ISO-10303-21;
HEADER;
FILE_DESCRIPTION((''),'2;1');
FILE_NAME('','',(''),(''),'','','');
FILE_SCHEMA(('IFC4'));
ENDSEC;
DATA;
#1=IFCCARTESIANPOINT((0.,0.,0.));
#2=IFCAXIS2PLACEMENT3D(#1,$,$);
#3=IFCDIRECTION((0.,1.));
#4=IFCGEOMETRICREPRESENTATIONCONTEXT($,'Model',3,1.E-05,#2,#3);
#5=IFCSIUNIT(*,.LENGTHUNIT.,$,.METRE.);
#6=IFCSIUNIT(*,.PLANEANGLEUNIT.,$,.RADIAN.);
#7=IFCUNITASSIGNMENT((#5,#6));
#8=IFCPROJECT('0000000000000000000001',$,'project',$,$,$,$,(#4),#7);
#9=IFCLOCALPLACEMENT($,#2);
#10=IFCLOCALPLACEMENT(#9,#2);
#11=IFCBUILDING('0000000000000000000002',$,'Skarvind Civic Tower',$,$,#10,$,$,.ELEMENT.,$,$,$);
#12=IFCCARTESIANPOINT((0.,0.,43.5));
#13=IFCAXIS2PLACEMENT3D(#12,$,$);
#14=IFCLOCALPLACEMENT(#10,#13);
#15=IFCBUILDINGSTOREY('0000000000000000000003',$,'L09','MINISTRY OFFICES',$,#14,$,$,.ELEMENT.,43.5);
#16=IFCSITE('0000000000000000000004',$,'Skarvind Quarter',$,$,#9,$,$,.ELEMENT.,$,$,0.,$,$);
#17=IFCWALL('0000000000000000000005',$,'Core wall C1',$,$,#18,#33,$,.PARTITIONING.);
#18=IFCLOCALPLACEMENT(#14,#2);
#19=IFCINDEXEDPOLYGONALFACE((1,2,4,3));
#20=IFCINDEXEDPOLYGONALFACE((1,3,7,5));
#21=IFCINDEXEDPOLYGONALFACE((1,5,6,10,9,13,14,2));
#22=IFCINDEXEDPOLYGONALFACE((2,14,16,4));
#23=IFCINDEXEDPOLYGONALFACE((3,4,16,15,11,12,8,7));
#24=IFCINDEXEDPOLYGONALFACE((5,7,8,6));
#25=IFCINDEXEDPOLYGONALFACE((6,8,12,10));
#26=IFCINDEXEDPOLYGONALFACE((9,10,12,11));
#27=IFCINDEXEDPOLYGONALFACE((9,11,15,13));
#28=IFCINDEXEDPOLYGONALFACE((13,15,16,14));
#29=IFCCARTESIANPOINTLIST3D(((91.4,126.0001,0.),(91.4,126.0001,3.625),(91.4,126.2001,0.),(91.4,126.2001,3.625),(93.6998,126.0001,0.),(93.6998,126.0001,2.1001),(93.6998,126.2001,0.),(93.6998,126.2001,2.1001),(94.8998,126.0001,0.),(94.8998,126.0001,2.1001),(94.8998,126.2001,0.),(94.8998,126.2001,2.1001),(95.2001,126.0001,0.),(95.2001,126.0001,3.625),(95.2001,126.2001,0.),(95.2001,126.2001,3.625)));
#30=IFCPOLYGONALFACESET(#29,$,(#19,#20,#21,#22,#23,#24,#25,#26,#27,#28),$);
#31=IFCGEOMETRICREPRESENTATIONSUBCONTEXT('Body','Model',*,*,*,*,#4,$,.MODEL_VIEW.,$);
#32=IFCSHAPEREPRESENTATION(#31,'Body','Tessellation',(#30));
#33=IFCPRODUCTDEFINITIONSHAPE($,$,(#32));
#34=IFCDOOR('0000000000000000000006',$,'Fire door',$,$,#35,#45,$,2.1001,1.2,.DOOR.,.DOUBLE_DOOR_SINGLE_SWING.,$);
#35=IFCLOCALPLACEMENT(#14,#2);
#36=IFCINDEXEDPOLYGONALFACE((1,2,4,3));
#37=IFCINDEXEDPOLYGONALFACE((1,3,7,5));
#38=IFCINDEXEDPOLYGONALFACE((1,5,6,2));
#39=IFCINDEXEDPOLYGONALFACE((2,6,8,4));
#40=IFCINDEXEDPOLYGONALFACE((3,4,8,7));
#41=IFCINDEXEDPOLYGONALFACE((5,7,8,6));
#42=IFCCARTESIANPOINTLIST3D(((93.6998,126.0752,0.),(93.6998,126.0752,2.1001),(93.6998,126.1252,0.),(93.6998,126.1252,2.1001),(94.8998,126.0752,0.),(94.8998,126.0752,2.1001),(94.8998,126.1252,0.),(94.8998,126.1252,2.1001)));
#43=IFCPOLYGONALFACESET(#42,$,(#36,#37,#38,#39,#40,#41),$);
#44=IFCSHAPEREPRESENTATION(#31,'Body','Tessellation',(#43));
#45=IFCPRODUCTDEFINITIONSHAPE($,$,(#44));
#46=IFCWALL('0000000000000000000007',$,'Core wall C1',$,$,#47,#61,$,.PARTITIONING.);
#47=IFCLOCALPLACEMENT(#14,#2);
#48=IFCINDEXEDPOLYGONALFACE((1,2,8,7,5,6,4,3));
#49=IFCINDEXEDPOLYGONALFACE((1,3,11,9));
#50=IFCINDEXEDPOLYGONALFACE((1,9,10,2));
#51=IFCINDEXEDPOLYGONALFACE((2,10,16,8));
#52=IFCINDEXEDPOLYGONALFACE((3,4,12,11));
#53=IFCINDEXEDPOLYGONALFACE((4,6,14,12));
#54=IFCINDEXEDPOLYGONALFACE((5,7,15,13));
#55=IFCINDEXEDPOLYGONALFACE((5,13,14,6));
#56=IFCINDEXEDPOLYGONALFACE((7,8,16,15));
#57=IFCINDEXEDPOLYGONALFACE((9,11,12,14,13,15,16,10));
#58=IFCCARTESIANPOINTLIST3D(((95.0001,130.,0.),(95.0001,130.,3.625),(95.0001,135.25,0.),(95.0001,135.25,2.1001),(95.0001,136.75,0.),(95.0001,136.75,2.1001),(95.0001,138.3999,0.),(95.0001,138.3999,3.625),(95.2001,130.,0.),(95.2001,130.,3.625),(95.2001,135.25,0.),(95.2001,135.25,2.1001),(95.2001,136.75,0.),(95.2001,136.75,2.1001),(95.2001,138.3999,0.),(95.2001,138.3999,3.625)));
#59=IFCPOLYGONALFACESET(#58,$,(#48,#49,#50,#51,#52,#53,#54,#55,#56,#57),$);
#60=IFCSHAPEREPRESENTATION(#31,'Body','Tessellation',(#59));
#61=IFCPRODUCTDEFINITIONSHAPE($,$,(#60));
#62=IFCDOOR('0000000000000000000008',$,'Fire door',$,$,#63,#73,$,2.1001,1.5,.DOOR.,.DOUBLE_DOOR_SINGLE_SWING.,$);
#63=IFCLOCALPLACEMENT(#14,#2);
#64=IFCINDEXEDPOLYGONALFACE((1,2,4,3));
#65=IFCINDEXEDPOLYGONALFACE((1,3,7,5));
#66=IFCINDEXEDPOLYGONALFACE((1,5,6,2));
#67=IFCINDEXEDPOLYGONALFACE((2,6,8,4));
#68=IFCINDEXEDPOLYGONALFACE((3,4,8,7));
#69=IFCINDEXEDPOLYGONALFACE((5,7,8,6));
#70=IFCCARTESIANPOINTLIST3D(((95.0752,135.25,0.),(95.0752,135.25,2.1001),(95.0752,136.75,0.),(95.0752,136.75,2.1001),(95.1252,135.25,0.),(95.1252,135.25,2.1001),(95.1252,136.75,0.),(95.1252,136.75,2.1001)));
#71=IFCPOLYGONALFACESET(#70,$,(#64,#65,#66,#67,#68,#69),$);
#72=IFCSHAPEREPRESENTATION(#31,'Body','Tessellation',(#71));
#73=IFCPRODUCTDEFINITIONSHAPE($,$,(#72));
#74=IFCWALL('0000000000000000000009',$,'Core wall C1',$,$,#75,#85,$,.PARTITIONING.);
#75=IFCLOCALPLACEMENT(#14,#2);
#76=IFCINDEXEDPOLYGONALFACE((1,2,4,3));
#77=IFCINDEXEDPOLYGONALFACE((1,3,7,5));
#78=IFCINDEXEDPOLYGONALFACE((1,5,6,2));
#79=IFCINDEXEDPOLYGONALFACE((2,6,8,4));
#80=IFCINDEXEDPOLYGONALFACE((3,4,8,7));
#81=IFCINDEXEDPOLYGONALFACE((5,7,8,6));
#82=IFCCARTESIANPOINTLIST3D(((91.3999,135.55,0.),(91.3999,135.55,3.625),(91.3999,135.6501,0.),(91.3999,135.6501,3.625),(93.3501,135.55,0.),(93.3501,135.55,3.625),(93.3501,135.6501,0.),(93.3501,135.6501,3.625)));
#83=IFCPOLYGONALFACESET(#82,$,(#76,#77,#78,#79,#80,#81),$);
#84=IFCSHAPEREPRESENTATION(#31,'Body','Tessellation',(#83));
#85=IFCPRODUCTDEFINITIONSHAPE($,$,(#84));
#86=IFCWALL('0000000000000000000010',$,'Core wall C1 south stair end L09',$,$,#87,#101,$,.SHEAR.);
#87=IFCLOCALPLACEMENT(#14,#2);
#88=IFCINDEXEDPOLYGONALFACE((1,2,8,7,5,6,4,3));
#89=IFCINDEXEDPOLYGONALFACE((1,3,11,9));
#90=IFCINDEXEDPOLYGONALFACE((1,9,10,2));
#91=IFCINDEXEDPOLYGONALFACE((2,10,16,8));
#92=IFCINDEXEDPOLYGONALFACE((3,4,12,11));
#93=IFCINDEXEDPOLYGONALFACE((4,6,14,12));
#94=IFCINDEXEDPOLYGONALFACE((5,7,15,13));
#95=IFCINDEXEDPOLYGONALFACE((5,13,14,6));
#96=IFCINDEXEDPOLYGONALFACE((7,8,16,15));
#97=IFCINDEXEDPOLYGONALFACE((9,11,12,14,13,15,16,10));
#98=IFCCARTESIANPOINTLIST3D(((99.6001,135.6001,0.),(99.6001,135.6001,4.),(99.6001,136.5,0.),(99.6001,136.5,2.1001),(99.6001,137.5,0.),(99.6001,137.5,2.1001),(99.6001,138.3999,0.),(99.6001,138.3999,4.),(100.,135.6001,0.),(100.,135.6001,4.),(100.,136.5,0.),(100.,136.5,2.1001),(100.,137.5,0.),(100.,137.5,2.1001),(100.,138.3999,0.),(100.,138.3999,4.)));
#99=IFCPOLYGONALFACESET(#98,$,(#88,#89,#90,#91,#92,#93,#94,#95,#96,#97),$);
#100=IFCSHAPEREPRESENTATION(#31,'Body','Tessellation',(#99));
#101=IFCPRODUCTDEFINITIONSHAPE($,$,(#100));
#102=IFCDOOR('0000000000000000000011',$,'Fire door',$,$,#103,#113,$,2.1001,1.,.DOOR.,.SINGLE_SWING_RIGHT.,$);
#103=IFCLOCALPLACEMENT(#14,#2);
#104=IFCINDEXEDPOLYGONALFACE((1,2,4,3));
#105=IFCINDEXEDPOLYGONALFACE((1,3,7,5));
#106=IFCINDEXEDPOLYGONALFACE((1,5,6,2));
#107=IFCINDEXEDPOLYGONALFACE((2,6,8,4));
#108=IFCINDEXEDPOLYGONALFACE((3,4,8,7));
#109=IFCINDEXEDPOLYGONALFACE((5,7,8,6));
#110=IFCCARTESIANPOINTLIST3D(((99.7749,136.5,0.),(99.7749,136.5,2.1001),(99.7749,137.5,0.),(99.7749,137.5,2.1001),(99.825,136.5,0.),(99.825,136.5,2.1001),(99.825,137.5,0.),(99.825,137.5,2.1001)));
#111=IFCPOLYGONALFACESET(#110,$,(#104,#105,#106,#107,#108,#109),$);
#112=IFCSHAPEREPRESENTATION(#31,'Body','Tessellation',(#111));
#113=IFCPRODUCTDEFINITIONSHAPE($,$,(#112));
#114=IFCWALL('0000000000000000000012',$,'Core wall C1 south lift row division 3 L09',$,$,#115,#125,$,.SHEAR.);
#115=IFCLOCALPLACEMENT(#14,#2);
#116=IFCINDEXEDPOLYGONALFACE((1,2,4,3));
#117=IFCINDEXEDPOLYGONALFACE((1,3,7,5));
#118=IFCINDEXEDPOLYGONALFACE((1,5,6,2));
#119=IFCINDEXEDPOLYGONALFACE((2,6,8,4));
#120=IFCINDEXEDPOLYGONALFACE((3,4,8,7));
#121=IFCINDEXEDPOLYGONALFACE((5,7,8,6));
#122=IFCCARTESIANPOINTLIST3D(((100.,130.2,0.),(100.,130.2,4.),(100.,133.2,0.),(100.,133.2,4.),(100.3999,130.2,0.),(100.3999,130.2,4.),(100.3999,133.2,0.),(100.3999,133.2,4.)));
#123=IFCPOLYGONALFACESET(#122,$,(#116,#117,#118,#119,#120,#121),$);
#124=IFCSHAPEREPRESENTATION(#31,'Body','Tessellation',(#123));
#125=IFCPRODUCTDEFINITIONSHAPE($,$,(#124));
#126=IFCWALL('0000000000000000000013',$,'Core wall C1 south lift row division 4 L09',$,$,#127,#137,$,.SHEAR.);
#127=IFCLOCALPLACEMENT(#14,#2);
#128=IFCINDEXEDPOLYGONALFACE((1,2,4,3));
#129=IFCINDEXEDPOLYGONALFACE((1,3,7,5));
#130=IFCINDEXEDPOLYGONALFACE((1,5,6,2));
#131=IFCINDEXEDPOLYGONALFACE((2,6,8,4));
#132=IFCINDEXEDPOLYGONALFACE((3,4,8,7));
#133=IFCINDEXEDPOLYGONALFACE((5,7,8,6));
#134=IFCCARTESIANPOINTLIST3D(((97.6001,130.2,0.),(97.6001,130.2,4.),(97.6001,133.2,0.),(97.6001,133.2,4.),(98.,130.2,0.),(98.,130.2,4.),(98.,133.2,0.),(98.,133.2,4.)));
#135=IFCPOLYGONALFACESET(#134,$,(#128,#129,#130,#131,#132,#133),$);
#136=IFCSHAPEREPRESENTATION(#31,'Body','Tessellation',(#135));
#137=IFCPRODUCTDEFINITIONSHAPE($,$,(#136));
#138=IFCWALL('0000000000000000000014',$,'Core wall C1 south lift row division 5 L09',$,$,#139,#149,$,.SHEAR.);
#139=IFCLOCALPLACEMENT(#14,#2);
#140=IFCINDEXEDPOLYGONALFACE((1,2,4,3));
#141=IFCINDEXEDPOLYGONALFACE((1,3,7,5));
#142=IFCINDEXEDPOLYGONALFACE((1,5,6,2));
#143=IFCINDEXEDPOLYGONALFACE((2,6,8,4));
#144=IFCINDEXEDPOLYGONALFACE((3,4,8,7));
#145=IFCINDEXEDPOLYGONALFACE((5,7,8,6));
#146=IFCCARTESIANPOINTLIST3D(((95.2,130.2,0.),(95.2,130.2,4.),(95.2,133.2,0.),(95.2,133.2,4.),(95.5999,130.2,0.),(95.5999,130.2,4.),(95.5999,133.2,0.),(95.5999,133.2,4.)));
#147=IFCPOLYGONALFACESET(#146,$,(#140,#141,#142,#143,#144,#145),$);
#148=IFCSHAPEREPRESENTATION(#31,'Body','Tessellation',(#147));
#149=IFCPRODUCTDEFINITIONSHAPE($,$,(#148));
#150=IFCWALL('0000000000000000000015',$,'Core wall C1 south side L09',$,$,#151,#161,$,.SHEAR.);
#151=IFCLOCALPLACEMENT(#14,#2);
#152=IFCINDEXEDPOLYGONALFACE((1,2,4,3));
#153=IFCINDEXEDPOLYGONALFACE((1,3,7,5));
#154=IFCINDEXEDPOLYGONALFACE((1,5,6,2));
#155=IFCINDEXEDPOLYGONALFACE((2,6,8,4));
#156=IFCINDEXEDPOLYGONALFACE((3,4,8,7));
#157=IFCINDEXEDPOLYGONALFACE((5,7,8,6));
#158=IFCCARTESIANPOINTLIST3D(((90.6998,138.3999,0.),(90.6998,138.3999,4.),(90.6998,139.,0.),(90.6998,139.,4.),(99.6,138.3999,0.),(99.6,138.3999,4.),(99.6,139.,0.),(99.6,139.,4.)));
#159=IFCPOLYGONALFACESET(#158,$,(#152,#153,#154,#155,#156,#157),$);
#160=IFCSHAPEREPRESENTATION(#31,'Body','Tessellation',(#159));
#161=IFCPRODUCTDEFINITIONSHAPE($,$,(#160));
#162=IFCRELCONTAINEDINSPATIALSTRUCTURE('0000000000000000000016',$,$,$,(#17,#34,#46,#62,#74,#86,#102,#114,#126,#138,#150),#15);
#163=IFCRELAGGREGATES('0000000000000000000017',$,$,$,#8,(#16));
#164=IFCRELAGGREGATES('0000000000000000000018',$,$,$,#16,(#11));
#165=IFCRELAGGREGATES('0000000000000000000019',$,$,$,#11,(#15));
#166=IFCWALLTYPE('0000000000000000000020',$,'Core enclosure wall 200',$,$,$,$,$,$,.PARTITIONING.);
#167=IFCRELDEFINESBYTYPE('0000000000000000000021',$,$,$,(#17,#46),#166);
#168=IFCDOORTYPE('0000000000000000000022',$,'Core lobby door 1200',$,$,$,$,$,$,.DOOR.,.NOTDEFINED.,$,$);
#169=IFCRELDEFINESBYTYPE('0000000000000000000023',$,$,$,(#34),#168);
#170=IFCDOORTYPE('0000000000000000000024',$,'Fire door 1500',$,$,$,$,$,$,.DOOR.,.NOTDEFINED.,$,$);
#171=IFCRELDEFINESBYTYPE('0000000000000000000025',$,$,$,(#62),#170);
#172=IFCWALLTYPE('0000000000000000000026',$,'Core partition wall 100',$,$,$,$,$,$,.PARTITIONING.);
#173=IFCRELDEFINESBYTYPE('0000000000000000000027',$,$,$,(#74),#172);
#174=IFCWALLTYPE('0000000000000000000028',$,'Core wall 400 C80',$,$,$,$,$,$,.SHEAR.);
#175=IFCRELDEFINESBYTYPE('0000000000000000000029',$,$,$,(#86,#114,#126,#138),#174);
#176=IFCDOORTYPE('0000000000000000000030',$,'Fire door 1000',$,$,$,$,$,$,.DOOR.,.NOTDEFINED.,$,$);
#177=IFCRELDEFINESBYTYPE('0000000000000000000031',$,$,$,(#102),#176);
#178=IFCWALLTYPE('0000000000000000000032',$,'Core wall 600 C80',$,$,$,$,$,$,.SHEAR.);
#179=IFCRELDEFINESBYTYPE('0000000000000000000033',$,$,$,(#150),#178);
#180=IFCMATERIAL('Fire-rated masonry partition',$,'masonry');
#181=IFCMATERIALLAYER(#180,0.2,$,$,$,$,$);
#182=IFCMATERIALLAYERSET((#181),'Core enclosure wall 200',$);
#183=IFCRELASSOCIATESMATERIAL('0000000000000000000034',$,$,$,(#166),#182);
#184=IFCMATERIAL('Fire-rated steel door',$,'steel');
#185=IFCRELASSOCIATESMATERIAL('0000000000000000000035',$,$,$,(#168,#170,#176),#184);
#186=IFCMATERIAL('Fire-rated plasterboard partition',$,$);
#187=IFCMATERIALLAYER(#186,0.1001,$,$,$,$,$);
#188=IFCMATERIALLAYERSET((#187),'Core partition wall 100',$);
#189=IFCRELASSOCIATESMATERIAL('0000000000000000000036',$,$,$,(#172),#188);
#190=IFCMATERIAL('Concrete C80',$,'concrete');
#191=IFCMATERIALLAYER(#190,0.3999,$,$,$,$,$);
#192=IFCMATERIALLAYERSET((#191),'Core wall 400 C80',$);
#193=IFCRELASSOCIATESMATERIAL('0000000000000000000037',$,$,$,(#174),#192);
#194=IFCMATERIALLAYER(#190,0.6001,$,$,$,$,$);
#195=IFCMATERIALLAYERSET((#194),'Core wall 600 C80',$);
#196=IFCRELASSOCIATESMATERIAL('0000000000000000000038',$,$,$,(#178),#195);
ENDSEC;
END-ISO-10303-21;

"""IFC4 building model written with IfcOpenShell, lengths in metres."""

from ifc_helpers import new_model, si_unit, direction, frame, frame_2d, origin, place, context, subcontext, project, spatial, rectangle, extrude, material, layer, layer_set, type_object, element, fill, save


model = new_model("IFC4")

# Units and contexts
model_context = context("Model", 3, precision=1e-05, world=origin(), true_north=direction((0.0, 1.0)))
body_context = subcontext(model_context, "Body", "Model", "MODEL_VIEW")
ifc_project = project(units=[si_unit("LENGTHUNIT", "METRE"), si_unit("PLANEANGLEUNIT", "RADIAN")], contexts=[model_context])

# Site, building, storey
site_placement = place(None, origin())
site = spatial("IfcSite", under=ifc_project, at=site_placement, Name="Skarvind Quarter", CompositionType="ELEMENT", RefElevation=0.0)
building_placement = place(site_placement, origin())
building = spatial("IfcBuilding", under=site, at=building_placement, Name="Skarvind Civic Tower", CompositionType="ELEMENT")
storey_placement = place(building_placement, frame((0.0, 0.0, 43.5)))
storey = spatial("IfcBuildingStorey", under=building, at=storey_placement, Name="L09", Description="MINISTRY OFFICES", CompositionType="ELEMENT", Elevation=43.5)

# Walls, openings, doors
ifc_material_1 = material(Name="Fire-rated masonry partition", Category="masonry")
ifc_layer_1 = layer(ifc_material_1, 0.2)
ifc_layer_set_1 = layer_set([ifc_layer_1], Name="Core enclosure wall 200")
wall_type_1 = type_object("IfcWallType", Name="Core enclosure wall 200", PredefinedType="PARTITIONING", material=ifc_layer_set_1)
wall_1_placement = place(storey_placement, frame((95.2, 126.1001, 0.0), z_axis=(0.0, 0.0, 1.0), x_axis=(-1.0, 0.0, 0.0)))
wall_1 = element("IfcWall", 1, at=wall_1_placement, inside=storey, type_object=wall_type_1, Name="Core wall C1", PredefinedType="PARTITIONING", context=body_context, shape_type="SweptSolid", body=[
    extrude(rectangle(XDim=3.8, YDim=0.2, at=frame_2d((1.8999, 0.0))), origin(), (0.0, 0.0, 1.0), 3.625),
])
opening_1_placement = place(wall_1_placement, frame((0.3, 0.0, 0.0)))
opening_1 = element("IfcOpeningElement", 2, at=opening_1_placement, cuts=wall_1, PredefinedType="OPENING", context=body_context, shape_type="SweptSolid", body=[
    extrude(rectangle(XDim=1.2, YDim=2.1001, at=frame_2d((0.6001, 1.05))), frame((0.0, 0.1099, 0.0), z_axis=(0.0, -1.0, 0.0), x_axis=(1.0, 0.0, 0.0)), (0.0, 0.0, 1.0), 0.22),
])
ifc_material_2 = material(Name="Fire-rated steel door", Category="steel")
door_type_1 = type_object("IfcDoorType", Name="Core lobby door 1200", OperationType="NOTDEFINED", PredefinedType="DOOR", material=ifc_material_2)
door_1_placement = place(opening_1_placement, origin())
door_1 = element("IfcDoor", 3, at=door_1_placement, inside=storey, type_object=door_type_1, Name="Fire door", OperationType="DOUBLE_DOOR_SINGLE_SWING", OverallHeight=2.1001, OverallWidth=1.2, PredefinedType="DOOR", context=body_context, shape_type="SweptSolid", body=[
    extrude(rectangle(XDim=1.2, YDim=2.1001, at=frame_2d((0.6001, 1.05))), frame((0.0, 0.0249, 0.0), z_axis=(0.0, -1.0, 0.0), x_axis=(1.0, 0.0, 0.0)), (0.0, 0.0, 1.0), 0.05),
])
fill(opening_1, door_1)
wall_2_placement = place(storey_placement, frame((95.1001, 130.0, 0.0), z_axis=(0.0, 0.0, 1.0), x_axis=(0.0, 1.0, 0.0)))
wall_2 = element("IfcWall", 4, at=wall_2_placement, inside=storey, type_object=wall_type_1, Name="Core wall C1", PredefinedType="PARTITIONING", context=body_context, shape_type="SweptSolid", body=[
    extrude(rectangle(XDim=8.3999, YDim=0.2, at=frame_2d((4.2, 0.0))), origin(), (0.0, 0.0, 1.0), 3.625),
])
opening_2_placement = place(wall_2_placement, frame((5.25, 0.0, 0.0)))
opening_2 = element("IfcOpeningElement", 5, at=opening_2_placement, cuts=wall_2, PredefinedType="OPENING", context=body_context, shape_type="SweptSolid", body=[
    extrude(rectangle(XDim=1.5, YDim=2.1001, at=frame_2d((0.75, 1.05))), frame((0.0, 0.1099, 0.0), z_axis=(0.0, -1.0, 0.0), x_axis=(1.0, 0.0, 0.0)), (0.0, 0.0, 1.0), 0.22),
])
door_type_2 = type_object("IfcDoorType", Name="Fire door 1500", OperationType="NOTDEFINED", PredefinedType="DOOR", material=ifc_material_2)
door_2_placement = place(opening_2_placement, origin())
door_2 = element("IfcDoor", 6, at=door_2_placement, inside=storey, type_object=door_type_2, Name="Fire door", OperationType="DOUBLE_DOOR_SINGLE_SWING", OverallHeight=2.1001, OverallWidth=1.5, PredefinedType="DOOR", context=body_context, shape_type="SweptSolid", body=[
    extrude(rectangle(XDim=1.5, YDim=2.1001, at=frame_2d((0.75, 1.05))), frame((0.0, 0.0249, 0.0), z_axis=(0.0, -1.0, 0.0), x_axis=(1.0, 0.0, 0.0)), (0.0, 0.0, 1.0), 0.05),
])
fill(opening_2, door_2)

# Wall
ifc_material_3 = material(Name="Fire-rated plasterboard partition")
ifc_layer_2 = layer(ifc_material_3, 0.1001)
ifc_layer_set_2 = layer_set([ifc_layer_2], Name="Core partition wall 100")
wall_type_2 = type_object("IfcWallType", Name="Core partition wall 100", PredefinedType="PARTITIONING", material=ifc_layer_set_2)
wall_3_placement = place(storey_placement, frame((91.3999, 135.6001, 0.0), z_axis=(0.0, 0.0, 1.0), x_axis=(1.0, 0.0, 0.0)))
element("IfcWall", 7, at=wall_3_placement, inside=storey, type_object=wall_type_2, Name="Core wall C1", PredefinedType="PARTITIONING", context=body_context, shape_type="SweptSolid", body=[
    extrude(rectangle(XDim=1.9502, YDim=0.1001, at=frame_2d((0.9751, 0.0))), origin(), (0.0, 0.0, 1.0), 3.625),
])

# Wall, opening, door
ifc_material_4 = material(Name="Concrete C80", Category="concrete")
ifc_layer_3 = layer(ifc_material_4, 0.3999)
ifc_layer_set_3 = layer_set([ifc_layer_3], Name="Core wall 400 C80")
wall_type_3 = type_object("IfcWallType", Name="Core wall 400 C80", PredefinedType="SHEAR", material=ifc_layer_set_3)
wall_4_placement = place(storey_placement, frame((99.8, 138.3999, 0.0), z_axis=(0.0, 0.0, 1.0), x_axis=(0.0, -1.0, 0.0)))
wall_4 = element("IfcWall", 8, at=wall_4_placement, inside=storey, type_object=wall_type_3, Name="Core wall C1 south stair end L09", PredefinedType="SHEAR", context=body_context, shape_type="SweptSolid", body=[
    extrude(rectangle(XDim=2.7998, YDim=0.3999, at=frame_2d((1.3999, 0.0))), origin(), (0.0, 0.0, 1.0), 4.0),
])
opening_3_placement = place(wall_4_placement, frame((0.8999, 0.0, 0.0)))
opening_3 = element("IfcOpeningElement", 9, at=opening_3_placement, cuts=wall_4, PredefinedType="OPENING", context=body_context, shape_type="SweptSolid", body=[
    extrude(rectangle(XDim=1.0, YDim=2.1001, at=frame_2d((0.5, 1.05))), frame((0.0, 0.21, 0.0), z_axis=(0.0, -1.0, 0.0), x_axis=(1.0, 0.0, 0.0)), (0.0, 0.0, 1.0), 0.4199),
])
door_type_3 = type_object("IfcDoorType", Name="Fire door 1000", OperationType="NOTDEFINED", PredefinedType="DOOR", material=ifc_material_2)
door_3_placement = place(opening_3_placement, origin())
door_3 = element("IfcDoor", 10, at=door_3_placement, inside=storey, type_object=door_type_3, Name="Fire door", OperationType="SINGLE_SWING_RIGHT", OverallHeight=2.1001, OverallWidth=1.0, PredefinedType="DOOR", context=body_context, shape_type="SweptSolid", body=[
    extrude(rectangle(XDim=1.0, YDim=2.1001, at=frame_2d((0.5, 1.05))), frame((0.0, 0.0249, 0.0), z_axis=(0.0, -1.0, 0.0), x_axis=(1.0, 0.0, 0.0)), (0.0, 0.0, 1.0), 0.05),
])
fill(opening_3, door_3)

# Walls
for number, where, z_axis, x_axis, name in (
    (11, (100.2, 133.2, 0.0), (0.0, 0.0, 1.0), (0.0, -1.0, 0.0), "Core wall C1 south lift row division 3 L09"),
    (12, (97.8, 133.2, 0.0), (0.0, 0.0, 1.0), (0.0, -1.0, 0.0), "Core wall C1 south lift row division 4 L09"),
    (13, (95.3999, 133.2, 0.0), (0.0, 0.0, 1.0), (0.0, -1.0, 0.0), "Core wall C1 south lift row division 5 L09"),
):
    element("IfcWall", number, at=place(storey_placement, frame(where, z_axis=z_axis, x_axis=x_axis)), inside=storey, type_object=wall_type_3, Name=name, PredefinedType="SHEAR", context=body_context, shape_type="SweptSolid", body=[
        extrude(rectangle(XDim=3.0, YDim=0.3999, at=frame_2d((1.5, 0.0))), origin(), (0.0, 0.0, 1.0), 4.0),
    ])
ifc_layer_4 = layer(ifc_material_4, 0.6001)
ifc_layer_set_4 = layer_set([ifc_layer_4], Name="Core wall 600 C80")
wall_type_4 = type_object("IfcWallType", Name="Core wall 600 C80", PredefinedType="SHEAR", material=ifc_layer_set_4)
wall_5_placement = place(storey_placement, frame((99.6001, 138.7, 0.0), z_axis=(0.0, 0.0, 1.0), x_axis=(-1.0, 0.0, 0.0)))
element("IfcWall", 14, at=wall_5_placement, inside=storey, type_object=wall_type_4, Name="Core wall C1 south side L09", PredefinedType="SHEAR", context=body_context, shape_type="SweptSolid", body=[
    extrude(rectangle(XDim=8.9001, YDim=0.6001, at=frame_2d((4.4502, 0.0))), origin(), (0.0, 0.0, 1.0), 4.0),
])

save(model, "model.ifc")
